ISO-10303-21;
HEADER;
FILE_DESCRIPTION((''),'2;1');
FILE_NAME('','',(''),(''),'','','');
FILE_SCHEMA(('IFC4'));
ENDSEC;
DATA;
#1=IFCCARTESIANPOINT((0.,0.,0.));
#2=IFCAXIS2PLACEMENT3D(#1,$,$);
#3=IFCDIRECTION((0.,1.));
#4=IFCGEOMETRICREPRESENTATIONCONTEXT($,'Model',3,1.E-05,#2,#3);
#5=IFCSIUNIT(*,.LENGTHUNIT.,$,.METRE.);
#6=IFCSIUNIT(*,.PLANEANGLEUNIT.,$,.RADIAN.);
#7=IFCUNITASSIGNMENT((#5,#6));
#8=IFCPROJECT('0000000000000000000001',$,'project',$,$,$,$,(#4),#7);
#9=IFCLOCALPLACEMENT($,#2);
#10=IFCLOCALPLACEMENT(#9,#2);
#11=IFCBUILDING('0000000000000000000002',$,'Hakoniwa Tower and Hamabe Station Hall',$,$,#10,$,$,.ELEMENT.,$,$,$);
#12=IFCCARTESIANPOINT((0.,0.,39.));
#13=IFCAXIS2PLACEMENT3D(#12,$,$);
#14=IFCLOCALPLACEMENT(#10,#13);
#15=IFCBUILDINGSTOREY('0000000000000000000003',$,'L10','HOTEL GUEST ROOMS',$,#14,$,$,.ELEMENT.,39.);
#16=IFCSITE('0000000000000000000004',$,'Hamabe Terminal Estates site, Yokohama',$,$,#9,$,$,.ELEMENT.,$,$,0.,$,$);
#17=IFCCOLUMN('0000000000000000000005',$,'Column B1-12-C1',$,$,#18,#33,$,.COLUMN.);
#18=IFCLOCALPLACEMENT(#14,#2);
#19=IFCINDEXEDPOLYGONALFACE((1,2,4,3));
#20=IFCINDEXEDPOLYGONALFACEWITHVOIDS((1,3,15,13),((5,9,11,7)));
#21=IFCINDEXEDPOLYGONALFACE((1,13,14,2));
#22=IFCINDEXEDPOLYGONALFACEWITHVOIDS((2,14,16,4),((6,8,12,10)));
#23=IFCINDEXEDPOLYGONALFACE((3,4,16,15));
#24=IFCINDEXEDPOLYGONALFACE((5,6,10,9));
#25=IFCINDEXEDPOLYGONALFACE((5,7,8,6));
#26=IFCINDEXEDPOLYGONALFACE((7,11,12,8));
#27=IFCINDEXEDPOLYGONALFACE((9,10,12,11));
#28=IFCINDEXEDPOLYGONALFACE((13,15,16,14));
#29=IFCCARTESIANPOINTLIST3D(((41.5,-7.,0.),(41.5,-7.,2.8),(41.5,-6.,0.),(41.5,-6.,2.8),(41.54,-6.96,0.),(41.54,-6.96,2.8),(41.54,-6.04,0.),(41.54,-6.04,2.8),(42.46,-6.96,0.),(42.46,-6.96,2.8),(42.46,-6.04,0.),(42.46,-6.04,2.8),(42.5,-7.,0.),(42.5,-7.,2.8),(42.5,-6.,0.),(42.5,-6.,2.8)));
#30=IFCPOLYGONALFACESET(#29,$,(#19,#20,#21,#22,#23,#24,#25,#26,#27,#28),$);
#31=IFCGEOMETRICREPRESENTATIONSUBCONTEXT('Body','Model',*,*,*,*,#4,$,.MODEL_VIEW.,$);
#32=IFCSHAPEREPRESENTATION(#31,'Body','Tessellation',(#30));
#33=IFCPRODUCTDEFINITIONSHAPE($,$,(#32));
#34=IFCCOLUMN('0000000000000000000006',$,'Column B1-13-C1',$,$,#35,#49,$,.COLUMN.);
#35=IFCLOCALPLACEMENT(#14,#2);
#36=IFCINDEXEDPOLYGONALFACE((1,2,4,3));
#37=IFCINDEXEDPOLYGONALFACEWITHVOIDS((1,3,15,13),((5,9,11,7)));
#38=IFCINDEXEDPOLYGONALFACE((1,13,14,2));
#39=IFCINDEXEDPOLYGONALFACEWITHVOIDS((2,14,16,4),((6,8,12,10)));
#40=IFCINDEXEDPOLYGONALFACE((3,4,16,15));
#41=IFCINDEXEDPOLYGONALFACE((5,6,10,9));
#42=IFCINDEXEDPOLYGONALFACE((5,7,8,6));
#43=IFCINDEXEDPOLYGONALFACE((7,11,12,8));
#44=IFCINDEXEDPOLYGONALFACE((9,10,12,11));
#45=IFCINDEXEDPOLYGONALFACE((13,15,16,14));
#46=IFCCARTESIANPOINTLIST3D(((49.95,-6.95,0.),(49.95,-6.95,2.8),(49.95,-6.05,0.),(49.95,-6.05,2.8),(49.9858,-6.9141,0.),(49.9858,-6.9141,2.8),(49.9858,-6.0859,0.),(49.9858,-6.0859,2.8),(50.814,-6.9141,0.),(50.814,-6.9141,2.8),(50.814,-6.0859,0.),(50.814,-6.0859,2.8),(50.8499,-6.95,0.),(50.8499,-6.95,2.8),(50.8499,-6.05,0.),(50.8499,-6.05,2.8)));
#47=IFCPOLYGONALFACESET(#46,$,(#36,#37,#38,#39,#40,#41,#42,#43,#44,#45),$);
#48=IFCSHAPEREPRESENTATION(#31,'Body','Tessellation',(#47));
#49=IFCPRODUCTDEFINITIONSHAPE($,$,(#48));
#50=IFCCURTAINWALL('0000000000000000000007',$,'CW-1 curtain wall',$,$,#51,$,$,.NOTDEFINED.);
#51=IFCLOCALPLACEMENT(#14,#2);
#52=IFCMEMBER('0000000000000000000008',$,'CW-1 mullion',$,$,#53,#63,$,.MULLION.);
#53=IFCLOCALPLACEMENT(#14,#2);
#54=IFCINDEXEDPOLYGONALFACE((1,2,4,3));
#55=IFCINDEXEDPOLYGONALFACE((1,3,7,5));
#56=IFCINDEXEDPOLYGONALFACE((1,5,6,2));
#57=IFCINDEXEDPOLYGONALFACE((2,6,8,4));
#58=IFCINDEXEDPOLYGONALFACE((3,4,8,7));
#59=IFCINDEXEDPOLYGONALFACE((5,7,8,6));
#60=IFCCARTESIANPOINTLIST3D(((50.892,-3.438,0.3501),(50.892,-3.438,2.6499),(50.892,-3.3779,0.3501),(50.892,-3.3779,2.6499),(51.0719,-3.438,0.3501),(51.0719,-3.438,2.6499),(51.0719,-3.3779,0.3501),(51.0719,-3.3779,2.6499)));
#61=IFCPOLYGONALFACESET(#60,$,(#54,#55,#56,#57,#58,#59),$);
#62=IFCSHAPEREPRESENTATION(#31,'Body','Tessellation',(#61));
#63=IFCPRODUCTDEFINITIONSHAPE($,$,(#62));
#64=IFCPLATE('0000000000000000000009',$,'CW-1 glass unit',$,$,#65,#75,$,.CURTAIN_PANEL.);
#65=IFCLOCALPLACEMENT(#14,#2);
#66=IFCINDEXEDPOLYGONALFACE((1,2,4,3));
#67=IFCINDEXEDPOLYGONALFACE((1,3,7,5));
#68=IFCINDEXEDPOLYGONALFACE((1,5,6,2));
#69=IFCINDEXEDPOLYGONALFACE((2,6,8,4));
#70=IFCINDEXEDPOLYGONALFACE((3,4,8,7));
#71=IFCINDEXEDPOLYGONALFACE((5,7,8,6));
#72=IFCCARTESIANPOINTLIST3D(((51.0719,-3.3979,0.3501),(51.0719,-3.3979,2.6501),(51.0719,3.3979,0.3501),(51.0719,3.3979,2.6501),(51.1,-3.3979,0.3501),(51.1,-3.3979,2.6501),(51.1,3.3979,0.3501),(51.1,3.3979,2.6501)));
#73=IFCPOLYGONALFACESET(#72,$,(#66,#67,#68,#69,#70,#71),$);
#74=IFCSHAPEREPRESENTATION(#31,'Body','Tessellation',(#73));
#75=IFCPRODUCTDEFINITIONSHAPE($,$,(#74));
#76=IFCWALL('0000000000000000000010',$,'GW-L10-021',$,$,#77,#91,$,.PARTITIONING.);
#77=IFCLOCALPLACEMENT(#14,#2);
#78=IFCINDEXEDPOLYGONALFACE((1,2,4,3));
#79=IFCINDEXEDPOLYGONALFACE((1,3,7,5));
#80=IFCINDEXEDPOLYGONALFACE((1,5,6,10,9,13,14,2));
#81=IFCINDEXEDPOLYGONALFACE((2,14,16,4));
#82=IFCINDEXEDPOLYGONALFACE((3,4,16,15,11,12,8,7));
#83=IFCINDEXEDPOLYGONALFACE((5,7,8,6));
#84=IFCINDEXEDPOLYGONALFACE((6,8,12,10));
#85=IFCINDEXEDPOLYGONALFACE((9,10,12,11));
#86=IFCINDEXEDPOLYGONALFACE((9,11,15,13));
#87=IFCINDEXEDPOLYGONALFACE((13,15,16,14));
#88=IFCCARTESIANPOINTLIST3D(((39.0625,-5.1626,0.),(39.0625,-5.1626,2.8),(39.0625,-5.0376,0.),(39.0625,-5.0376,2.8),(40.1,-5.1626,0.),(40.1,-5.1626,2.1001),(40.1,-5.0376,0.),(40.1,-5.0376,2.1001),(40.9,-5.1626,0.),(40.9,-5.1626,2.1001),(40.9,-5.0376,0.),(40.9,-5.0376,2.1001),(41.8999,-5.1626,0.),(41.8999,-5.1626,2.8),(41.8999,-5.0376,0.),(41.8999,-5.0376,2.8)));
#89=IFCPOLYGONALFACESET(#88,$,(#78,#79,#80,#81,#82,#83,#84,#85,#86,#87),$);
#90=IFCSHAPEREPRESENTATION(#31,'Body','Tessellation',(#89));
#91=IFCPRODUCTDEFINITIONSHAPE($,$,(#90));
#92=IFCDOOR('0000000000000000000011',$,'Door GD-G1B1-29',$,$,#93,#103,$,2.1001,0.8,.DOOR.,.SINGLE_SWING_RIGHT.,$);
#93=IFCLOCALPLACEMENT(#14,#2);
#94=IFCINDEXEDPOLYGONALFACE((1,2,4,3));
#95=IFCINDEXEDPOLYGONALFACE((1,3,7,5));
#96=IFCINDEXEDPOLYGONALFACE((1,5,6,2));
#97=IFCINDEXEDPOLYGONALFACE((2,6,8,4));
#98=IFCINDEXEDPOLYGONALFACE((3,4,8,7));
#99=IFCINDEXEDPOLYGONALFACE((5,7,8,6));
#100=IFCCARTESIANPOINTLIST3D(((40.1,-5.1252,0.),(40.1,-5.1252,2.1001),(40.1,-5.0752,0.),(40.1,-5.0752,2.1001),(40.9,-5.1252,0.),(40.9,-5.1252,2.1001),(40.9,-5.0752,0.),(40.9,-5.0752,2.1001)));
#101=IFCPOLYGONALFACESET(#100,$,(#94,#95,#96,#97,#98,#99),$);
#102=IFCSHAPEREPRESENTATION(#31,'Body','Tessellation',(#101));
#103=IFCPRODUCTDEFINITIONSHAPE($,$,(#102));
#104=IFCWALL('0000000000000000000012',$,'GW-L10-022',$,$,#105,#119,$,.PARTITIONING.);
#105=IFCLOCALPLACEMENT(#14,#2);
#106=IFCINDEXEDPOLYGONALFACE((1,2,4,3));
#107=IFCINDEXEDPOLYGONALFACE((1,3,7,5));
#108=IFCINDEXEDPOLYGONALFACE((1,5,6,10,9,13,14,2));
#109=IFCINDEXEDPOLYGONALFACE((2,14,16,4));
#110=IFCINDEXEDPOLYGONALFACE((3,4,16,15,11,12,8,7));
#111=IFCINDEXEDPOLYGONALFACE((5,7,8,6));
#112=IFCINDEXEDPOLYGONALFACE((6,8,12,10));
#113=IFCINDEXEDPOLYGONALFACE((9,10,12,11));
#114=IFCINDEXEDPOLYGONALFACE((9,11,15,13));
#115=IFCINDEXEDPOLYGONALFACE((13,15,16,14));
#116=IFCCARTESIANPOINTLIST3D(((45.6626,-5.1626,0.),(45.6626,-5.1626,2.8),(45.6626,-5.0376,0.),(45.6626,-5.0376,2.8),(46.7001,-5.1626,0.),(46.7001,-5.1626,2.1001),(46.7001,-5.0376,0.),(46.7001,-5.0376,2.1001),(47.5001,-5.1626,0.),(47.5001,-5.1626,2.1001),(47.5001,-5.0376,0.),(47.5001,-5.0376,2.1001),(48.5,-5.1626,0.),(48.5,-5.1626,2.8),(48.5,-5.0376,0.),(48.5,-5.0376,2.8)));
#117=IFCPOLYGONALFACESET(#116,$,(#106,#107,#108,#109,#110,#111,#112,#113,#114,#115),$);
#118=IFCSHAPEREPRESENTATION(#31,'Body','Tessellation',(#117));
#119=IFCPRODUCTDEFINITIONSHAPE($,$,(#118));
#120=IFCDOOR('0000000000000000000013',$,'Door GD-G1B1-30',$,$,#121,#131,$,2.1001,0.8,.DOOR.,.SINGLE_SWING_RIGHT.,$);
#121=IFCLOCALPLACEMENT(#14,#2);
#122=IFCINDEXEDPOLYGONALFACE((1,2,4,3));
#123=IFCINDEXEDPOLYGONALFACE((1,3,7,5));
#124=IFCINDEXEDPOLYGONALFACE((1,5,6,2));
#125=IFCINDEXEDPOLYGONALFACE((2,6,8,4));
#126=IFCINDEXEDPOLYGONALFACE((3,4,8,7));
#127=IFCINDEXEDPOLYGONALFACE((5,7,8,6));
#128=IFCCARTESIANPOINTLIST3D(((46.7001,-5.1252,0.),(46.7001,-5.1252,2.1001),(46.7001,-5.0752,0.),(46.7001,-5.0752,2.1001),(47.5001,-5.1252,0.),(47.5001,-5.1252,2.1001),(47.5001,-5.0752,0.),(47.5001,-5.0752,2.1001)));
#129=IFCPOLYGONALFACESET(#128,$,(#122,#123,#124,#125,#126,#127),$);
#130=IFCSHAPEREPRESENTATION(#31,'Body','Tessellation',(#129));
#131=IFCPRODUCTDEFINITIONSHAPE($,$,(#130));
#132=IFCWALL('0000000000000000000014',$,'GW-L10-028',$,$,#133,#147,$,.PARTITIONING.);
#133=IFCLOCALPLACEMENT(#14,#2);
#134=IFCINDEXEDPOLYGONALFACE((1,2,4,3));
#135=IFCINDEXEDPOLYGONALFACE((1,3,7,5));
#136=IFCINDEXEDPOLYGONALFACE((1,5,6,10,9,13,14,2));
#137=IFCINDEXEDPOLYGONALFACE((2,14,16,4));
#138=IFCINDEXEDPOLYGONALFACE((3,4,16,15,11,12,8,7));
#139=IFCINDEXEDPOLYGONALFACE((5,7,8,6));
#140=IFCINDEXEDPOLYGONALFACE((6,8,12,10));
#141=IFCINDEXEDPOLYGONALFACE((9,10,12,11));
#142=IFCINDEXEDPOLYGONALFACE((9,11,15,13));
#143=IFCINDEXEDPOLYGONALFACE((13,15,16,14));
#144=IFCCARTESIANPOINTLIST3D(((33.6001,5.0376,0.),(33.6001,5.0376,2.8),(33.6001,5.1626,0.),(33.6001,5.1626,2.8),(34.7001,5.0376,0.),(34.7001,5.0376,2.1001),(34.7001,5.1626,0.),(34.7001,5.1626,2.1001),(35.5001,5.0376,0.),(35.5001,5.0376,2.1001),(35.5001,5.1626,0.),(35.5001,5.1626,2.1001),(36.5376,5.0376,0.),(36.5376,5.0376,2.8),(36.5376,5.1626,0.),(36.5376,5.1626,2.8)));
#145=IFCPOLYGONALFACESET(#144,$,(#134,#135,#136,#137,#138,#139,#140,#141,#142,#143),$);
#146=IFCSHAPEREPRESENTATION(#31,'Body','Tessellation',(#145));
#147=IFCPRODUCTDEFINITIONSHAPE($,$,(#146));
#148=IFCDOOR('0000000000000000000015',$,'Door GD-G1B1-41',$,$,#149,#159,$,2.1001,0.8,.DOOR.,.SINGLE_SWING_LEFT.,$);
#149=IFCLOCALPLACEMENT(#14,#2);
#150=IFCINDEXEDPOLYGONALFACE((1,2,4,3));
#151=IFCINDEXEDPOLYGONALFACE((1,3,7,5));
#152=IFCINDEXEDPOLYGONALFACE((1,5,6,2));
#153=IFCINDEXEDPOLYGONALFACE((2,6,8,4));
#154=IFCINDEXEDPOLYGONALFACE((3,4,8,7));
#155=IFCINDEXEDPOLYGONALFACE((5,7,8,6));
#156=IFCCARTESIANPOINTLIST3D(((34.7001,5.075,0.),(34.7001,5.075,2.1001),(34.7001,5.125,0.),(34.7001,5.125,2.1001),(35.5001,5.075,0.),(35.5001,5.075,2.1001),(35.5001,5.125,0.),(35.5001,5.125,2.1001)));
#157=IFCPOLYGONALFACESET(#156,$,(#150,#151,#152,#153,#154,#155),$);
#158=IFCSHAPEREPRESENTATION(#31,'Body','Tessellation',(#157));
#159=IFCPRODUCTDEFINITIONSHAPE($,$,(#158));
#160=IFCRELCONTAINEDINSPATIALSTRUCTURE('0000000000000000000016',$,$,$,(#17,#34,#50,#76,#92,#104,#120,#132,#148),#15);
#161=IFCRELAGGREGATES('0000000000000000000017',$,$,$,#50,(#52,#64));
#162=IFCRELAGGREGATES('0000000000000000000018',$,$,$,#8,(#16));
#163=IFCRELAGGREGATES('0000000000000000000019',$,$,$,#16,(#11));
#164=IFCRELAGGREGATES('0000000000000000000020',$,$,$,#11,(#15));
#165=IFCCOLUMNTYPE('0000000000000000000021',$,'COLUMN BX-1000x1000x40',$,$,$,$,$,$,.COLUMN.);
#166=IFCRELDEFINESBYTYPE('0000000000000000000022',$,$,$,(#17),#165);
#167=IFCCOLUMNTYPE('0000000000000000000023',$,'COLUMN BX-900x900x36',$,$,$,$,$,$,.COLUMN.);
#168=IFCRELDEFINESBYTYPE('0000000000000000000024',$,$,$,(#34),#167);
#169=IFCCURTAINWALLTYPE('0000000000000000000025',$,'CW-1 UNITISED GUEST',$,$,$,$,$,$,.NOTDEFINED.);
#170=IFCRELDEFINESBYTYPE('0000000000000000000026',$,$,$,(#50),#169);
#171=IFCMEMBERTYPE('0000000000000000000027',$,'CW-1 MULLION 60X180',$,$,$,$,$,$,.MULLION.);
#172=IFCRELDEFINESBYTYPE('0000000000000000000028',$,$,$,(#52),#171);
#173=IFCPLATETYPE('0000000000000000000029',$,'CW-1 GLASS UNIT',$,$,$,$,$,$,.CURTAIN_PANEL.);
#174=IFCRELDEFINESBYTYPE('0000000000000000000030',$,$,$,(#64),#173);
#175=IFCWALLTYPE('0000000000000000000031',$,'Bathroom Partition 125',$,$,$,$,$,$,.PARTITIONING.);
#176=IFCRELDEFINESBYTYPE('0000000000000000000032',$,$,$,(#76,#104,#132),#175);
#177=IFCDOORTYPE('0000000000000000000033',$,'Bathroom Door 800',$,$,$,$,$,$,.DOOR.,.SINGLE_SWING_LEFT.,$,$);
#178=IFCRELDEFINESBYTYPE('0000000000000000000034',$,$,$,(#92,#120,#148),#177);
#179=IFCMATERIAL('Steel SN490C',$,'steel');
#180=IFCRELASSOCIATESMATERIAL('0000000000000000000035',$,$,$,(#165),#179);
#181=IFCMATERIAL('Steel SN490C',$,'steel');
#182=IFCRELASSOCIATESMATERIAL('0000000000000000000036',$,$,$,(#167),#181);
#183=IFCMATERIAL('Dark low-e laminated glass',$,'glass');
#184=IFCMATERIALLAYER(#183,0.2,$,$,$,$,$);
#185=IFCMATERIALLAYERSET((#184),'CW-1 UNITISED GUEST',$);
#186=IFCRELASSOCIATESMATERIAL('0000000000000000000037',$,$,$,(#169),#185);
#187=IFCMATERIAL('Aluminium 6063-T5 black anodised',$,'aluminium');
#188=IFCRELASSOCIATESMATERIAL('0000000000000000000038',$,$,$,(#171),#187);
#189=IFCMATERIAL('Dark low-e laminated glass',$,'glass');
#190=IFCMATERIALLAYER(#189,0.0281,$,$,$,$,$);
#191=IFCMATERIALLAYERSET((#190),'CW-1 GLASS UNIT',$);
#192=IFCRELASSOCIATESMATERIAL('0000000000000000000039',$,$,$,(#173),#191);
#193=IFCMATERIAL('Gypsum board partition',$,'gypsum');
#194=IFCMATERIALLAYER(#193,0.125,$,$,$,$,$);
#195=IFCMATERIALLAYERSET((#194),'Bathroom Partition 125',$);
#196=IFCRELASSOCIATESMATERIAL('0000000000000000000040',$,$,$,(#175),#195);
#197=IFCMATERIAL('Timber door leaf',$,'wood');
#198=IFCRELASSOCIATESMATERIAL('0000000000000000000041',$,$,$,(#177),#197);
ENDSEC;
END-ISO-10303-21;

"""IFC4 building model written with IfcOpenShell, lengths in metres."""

from ifc_helpers import new_model, si_unit, direction, frame, frame_2d, origin, origin_2d, place, context, subcontext, project, spatial, rectangle, hollow_rectangle, extrude, material, layer, layer_set, material_profile, profile_set, type_object, element, fill, aggregate, save


model = new_model("IFC4")

# Units and contexts
model_context = context("Model", 3, precision=1e-05, world=origin(), true_north=direction((0.0, 1.0)))
body_context = subcontext(model_context, "Body", "Model", "MODEL_VIEW")
ifc_project = project(units=[si_unit("LENGTHUNIT", "METRE"), si_unit("PLANEANGLEUNIT", "RADIAN")], contexts=[model_context])

# Site, building, storey
site_placement = place(None, origin())
site = spatial("IfcSite", under=ifc_project, at=site_placement, Name="Hamabe Terminal Estates site, Yokohama", CompositionType="ELEMENT", RefElevation=0.0)
building_placement = place(site_placement, origin())
building = spatial("IfcBuilding", under=site, at=building_placement, Name="Hakoniwa Tower and Hamabe Station Hall", CompositionType="ELEMENT")
storey_placement = place(building_placement, frame((0.0, 0.0, 39.0)))
storey = spatial("IfcBuildingStorey", under=building, at=storey_placement, Name="L10", Description="HOTEL GUEST ROOMS", CompositionType="ELEMENT", Elevation=39.0)

# Columns
ifc_material_1 = material(Name="Steel SN490C", Category="steel")
ifc_material_profile_1 = material_profile(ifc_material_1, hollow_rectangle(XDim=1.0, YDim=1.0, WallThickness=0.04, at=origin_2d()), Name="BX-1000x1000x40")
ifc_profile_set_1 = profile_set([ifc_material_profile_1], Name="Steel SN490C")
column_type_1 = type_object("IfcColumnType", Name="COLUMN BX-1000x1000x40", PredefinedType="COLUMN", material=ifc_profile_set_1)
column_1_placement = place(storey_placement, frame((42.0, -6.5, 0.0), z_axis=(0.0, 0.0, 1.0), x_axis=(1.0, 0.0, 0.0)))
element("IfcColumn", 1, at=column_1_placement, inside=storey, type_object=column_type_1, Name="Column B1-12-C1", PredefinedType="COLUMN", context=body_context, shape_type="SweptSolid", body=[
    extrude(hollow_rectangle(XDim=1.0, YDim=1.0, WallThickness=0.04, at=origin_2d()), origin(), (0.0, 0.0, 1.0), 2.8),
])
ifc_material_2 = material(Name="Steel SN490C", Category="steel")
ifc_material_profile_2 = material_profile(ifc_material_2, hollow_rectangle(XDim=0.8999, YDim=0.8999, WallThickness=0.0359, at=origin_2d()), Name="BX-900x900x36")
ifc_profile_set_2 = profile_set([ifc_material_profile_2], Name="Steel SN490C")
column_type_2 = type_object("IfcColumnType", Name="COLUMN BX-900x900x36", PredefinedType="COLUMN", material=ifc_profile_set_2)
column_2_placement = place(storey_placement, frame((50.3999, -6.5, 0.0), z_axis=(0.0, 0.0, 1.0), x_axis=(1.0, 0.0, 0.0)))
element("IfcColumn", 2, at=column_2_placement, inside=storey, type_object=column_type_2, Name="Column B1-13-C1", PredefinedType="COLUMN", context=body_context, shape_type="SweptSolid", body=[
    extrude(hollow_rectangle(XDim=0.8999, YDim=0.8999, WallThickness=0.0359, at=origin_2d()), origin(), (0.0, 0.0, 1.0), 2.8),
])

# Curtain wall, member, plate
ifc_material_3 = material(Name="Dark low-e laminated glass", Category="glass")
ifc_layer_1 = layer(ifc_material_3, 0.2)
ifc_layer_set_1 = layer_set([ifc_layer_1], Name="CW-1 UNITISED GUEST")
curtain_wall_type = type_object("IfcCurtainWallType", Name="CW-1 UNITISED GUEST", PredefinedType="NOTDEFINED", material=ifc_layer_set_1)
curtain_wall_placement = place(storey_placement, origin())
curtain_wall = element("IfcCurtainWall", 3, at=curtain_wall_placement, inside=storey, type_object=curtain_wall_type, Name="CW-1 curtain wall", PredefinedType="NOTDEFINED")
ifc_material_4 = material(Name="Aluminium 6063-T5 black anodised", Category="aluminium")
ifc_material_profile_3 = material_profile(ifc_material_4, rectangle(XDim=0.0601, YDim=0.1799, at=origin_2d()), Name="CW-1 MULLION 60X180")
ifc_profile_set_3 = profile_set([ifc_material_profile_3], Name="Aluminium 6063-T5 black anodised")
member_type = type_object("IfcMemberType", Name="CW-1 MULLION 60X180", PredefinedType="MULLION", material=ifc_profile_set_3)
member_placement = place(storey_placement, frame((50.9819, -3.408, 0.3501), z_axis=(0.0, 0.0, 1.0), x_axis=(0.0, 1.0, 0.0)))
member = element("IfcMember", 4, at=member_placement, type_object=member_type, Name="CW-1 mullion", PredefinedType="MULLION", context=body_context, shape_type="SweptSolid", body=[
    extrude(rectangle(XDim=0.0601, YDim=0.1799, at=origin_2d()), origin(), (0.0, 0.0, 1.0), 2.2998),
])
ifc_material_5 = material(Name="Dark low-e laminated glass", Category="glass")
ifc_layer_2 = layer(ifc_material_5, 0.0281)
ifc_layer_set_2 = layer_set([ifc_layer_2], Name="CW-1 GLASS UNIT")
plate_type = type_object("IfcPlateType", Name="CW-1 GLASS UNIT", PredefinedType="CURTAIN_PANEL", material=ifc_layer_set_2)
plate_placement = place(storey_placement, frame((51.0859, 0.0, 0.3501), z_axis=(0.0, 0.0, 1.0), x_axis=(0.0, 1.0, 0.0)))
plate = element("IfcPlate", 5, at=plate_placement, type_object=plate_type, Name="CW-1 glass unit", PredefinedType="CURTAIN_PANEL", context=body_context, shape_type="SweptSolid", body=[
    extrude(rectangle(XDim=6.7959, YDim=0.0281, at=origin_2d()), origin(), (0.0, 0.0, 1.0), 2.3),
])
aggregate(curtain_wall, [member, plate])

# Walls, openings, doors
ifc_material_6 = material(Name="Gypsum board partition", Category="gypsum")
ifc_layer_3 = layer(ifc_material_6, 0.125)
ifc_layer_set_3 = layer_set([ifc_layer_3], Name="Bathroom Partition 125")
wall_type_1 = type_object("IfcWallType", Name="Bathroom Partition 125", PredefinedType="PARTITIONING", material=ifc_layer_set_3)
wall_1_placement = place(storey_placement, frame((39.0625, -5.1001, 0.0), z_axis=(0.0, 0.0, 1.0), x_axis=(1.0, 0.0, 0.0)))
wall_1 = element("IfcWall", 6, at=wall_1_placement, inside=storey, type_object=wall_type_1, Name="GW-L10-021", PredefinedType="PARTITIONING", context=body_context, shape_type="SweptSolid", body=[
    extrude(rectangle(XDim=2.8374, YDim=0.125, at=frame_2d((1.4187, 0.0))), origin(), (0.0, 0.0, 1.0), 2.8),
])
opening_1_placement = place(wall_1_placement, frame((1.0376, 0.0, 0.0)))
opening_1 = element("IfcOpeningElement", 7, at=opening_1_placement, cuts=wall_1, PredefinedType="OPENING", context=body_context, shape_type="SweptSolid", body=[
    extrude(rectangle(XDim=0.8, YDim=2.1001, at=frame_2d((0.3999, 1.05))), frame((0.0, 0.0725, 0.0), z_axis=(0.0, -1.0, 0.0), x_axis=(1.0, 0.0, 0.0)), (0.0, 0.0, 1.0), 0.145),
])
ifc_material_7 = material(Name="Timber door leaf", Category="wood")
door_type_1 = type_object("IfcDoorType", Name="Bathroom Door 800", OperationType="SINGLE_SWING_LEFT", PredefinedType="DOOR", material=ifc_material_7)
door_1_placement = place(opening_1_placement, origin())
door_1 = element("IfcDoor", 8, at=door_1_placement, inside=storey, type_object=door_type_1, Name="Door GD-G1B1-29", OperationType="SINGLE_SWING_RIGHT", OverallHeight=2.1001, OverallWidth=0.8, PredefinedType="DOOR", context=body_context, shape_type="SweptSolid", body=[
    extrude(rectangle(XDim=0.8, YDim=2.1001, at=frame_2d((0.3999, 1.05))), frame((0.0, 0.0249, 0.0), z_axis=(0.0, -1.0, 0.0), x_axis=(1.0, 0.0, 0.0)), (0.0, 0.0, 1.0), 0.05),
])
fill(opening_1, door_1)
wall_2_placement = place(storey_placement, frame((45.6626, -5.1001, 0.0), z_axis=(0.0, 0.0, 1.0), x_axis=(1.0, 0.0, 0.0)))
wall_2 = element("IfcWall", 9, at=wall_2_placement, inside=storey, type_object=wall_type_1, Name="GW-L10-022", PredefinedType="PARTITIONING", context=body_context, shape_type="SweptSolid", body=[
    extrude(rectangle(XDim=2.8374, YDim=0.125, at=frame_2d((1.4187, 0.0))), origin(), (0.0, 0.0, 1.0), 2.8),
])
opening_2_placement = place(wall_2_placement, frame((1.0376, 0.0, 0.0)))
opening_2 = element("IfcOpeningElement", 10, at=opening_2_placement, cuts=wall_2, PredefinedType="OPENING", context=body_context, shape_type="SweptSolid", body=[
    extrude(rectangle(XDim=0.8, YDim=2.1001, at=frame_2d((0.3999, 1.05))), frame((0.0, 0.0725, 0.0), z_axis=(0.0, -1.0, 0.0), x_axis=(1.0, 0.0, 0.0)), (0.0, 0.0, 1.0), 0.145),
])
door_2_placement = place(opening_2_placement, origin())
door_2 = element("IfcDoor", 11, at=door_2_placement, inside=storey, type_object=door_type_1, Name="Door GD-G1B1-30", OperationType="SINGLE_SWING_RIGHT", OverallHeight=2.1001, OverallWidth=0.8, PredefinedType="DOOR", context=body_context, shape_type="SweptSolid", body=[
    extrude(rectangle(XDim=0.8, YDim=2.1001, at=frame_2d((0.3999, 1.05))), frame((0.0, 0.0249, 0.0), z_axis=(0.0, -1.0, 0.0), x_axis=(1.0, 0.0, 0.0)), (0.0, 0.0, 1.0), 0.05),
])
fill(opening_2, door_2)
wall_3_placement = place(storey_placement, frame((33.6001, 5.1001, 0.0), z_axis=(0.0, 0.0, 1.0), x_axis=(1.0, 0.0, 0.0)))
wall_3 = element("IfcWall", 12, at=wall_3_placement, inside=storey, type_object=wall_type_1, Name="GW-L10-028", PredefinedType="PARTITIONING", context=body_context, shape_type="SweptSolid", body=[
    extrude(rectangle(XDim=2.9375, YDim=0.125, at=frame_2d((1.4688, 0.0))), origin(), (0.0, 0.0, 1.0), 2.8),
])
opening_3_placement = place(wall_3_placement, frame((1.1001, 0.0, 0.0)))
opening_3 = element("IfcOpeningElement", 13, at=opening_3_placement, cuts=wall_3, PredefinedType="OPENING", context=body_context, shape_type="SweptSolid", body=[
    extrude(rectangle(XDim=0.8, YDim=2.1001, at=frame_2d((0.3999, 1.05))), frame((0.0, 0.0725, 0.0), z_axis=(0.0, -1.0, 0.0), x_axis=(1.0, 0.0, 0.0)), (0.0, 0.0, 1.0), 0.145),
])
door_3_placement = place(opening_3_placement, origin())
door_3 = element("IfcDoor", 14, at=door_3_placement, inside=storey, type_object=door_type_1, Name="Door GD-G1B1-41", OperationType="SINGLE_SWING_LEFT", OverallHeight=2.1001, OverallWidth=0.8, PredefinedType="DOOR", context=body_context, shape_type="SweptSolid", body=[
    extrude(rectangle(XDim=0.8, YDim=2.1001, at=frame_2d((0.3999, 1.05))), frame((0.0, 0.0249, 0.0), z_axis=(0.0, -1.0, 0.0), x_axis=(1.0, 0.0, 0.0)), (0.0, 0.0, 1.0), 0.05),
])
fill(opening_3, door_3)

save(model, "model.ifc")
